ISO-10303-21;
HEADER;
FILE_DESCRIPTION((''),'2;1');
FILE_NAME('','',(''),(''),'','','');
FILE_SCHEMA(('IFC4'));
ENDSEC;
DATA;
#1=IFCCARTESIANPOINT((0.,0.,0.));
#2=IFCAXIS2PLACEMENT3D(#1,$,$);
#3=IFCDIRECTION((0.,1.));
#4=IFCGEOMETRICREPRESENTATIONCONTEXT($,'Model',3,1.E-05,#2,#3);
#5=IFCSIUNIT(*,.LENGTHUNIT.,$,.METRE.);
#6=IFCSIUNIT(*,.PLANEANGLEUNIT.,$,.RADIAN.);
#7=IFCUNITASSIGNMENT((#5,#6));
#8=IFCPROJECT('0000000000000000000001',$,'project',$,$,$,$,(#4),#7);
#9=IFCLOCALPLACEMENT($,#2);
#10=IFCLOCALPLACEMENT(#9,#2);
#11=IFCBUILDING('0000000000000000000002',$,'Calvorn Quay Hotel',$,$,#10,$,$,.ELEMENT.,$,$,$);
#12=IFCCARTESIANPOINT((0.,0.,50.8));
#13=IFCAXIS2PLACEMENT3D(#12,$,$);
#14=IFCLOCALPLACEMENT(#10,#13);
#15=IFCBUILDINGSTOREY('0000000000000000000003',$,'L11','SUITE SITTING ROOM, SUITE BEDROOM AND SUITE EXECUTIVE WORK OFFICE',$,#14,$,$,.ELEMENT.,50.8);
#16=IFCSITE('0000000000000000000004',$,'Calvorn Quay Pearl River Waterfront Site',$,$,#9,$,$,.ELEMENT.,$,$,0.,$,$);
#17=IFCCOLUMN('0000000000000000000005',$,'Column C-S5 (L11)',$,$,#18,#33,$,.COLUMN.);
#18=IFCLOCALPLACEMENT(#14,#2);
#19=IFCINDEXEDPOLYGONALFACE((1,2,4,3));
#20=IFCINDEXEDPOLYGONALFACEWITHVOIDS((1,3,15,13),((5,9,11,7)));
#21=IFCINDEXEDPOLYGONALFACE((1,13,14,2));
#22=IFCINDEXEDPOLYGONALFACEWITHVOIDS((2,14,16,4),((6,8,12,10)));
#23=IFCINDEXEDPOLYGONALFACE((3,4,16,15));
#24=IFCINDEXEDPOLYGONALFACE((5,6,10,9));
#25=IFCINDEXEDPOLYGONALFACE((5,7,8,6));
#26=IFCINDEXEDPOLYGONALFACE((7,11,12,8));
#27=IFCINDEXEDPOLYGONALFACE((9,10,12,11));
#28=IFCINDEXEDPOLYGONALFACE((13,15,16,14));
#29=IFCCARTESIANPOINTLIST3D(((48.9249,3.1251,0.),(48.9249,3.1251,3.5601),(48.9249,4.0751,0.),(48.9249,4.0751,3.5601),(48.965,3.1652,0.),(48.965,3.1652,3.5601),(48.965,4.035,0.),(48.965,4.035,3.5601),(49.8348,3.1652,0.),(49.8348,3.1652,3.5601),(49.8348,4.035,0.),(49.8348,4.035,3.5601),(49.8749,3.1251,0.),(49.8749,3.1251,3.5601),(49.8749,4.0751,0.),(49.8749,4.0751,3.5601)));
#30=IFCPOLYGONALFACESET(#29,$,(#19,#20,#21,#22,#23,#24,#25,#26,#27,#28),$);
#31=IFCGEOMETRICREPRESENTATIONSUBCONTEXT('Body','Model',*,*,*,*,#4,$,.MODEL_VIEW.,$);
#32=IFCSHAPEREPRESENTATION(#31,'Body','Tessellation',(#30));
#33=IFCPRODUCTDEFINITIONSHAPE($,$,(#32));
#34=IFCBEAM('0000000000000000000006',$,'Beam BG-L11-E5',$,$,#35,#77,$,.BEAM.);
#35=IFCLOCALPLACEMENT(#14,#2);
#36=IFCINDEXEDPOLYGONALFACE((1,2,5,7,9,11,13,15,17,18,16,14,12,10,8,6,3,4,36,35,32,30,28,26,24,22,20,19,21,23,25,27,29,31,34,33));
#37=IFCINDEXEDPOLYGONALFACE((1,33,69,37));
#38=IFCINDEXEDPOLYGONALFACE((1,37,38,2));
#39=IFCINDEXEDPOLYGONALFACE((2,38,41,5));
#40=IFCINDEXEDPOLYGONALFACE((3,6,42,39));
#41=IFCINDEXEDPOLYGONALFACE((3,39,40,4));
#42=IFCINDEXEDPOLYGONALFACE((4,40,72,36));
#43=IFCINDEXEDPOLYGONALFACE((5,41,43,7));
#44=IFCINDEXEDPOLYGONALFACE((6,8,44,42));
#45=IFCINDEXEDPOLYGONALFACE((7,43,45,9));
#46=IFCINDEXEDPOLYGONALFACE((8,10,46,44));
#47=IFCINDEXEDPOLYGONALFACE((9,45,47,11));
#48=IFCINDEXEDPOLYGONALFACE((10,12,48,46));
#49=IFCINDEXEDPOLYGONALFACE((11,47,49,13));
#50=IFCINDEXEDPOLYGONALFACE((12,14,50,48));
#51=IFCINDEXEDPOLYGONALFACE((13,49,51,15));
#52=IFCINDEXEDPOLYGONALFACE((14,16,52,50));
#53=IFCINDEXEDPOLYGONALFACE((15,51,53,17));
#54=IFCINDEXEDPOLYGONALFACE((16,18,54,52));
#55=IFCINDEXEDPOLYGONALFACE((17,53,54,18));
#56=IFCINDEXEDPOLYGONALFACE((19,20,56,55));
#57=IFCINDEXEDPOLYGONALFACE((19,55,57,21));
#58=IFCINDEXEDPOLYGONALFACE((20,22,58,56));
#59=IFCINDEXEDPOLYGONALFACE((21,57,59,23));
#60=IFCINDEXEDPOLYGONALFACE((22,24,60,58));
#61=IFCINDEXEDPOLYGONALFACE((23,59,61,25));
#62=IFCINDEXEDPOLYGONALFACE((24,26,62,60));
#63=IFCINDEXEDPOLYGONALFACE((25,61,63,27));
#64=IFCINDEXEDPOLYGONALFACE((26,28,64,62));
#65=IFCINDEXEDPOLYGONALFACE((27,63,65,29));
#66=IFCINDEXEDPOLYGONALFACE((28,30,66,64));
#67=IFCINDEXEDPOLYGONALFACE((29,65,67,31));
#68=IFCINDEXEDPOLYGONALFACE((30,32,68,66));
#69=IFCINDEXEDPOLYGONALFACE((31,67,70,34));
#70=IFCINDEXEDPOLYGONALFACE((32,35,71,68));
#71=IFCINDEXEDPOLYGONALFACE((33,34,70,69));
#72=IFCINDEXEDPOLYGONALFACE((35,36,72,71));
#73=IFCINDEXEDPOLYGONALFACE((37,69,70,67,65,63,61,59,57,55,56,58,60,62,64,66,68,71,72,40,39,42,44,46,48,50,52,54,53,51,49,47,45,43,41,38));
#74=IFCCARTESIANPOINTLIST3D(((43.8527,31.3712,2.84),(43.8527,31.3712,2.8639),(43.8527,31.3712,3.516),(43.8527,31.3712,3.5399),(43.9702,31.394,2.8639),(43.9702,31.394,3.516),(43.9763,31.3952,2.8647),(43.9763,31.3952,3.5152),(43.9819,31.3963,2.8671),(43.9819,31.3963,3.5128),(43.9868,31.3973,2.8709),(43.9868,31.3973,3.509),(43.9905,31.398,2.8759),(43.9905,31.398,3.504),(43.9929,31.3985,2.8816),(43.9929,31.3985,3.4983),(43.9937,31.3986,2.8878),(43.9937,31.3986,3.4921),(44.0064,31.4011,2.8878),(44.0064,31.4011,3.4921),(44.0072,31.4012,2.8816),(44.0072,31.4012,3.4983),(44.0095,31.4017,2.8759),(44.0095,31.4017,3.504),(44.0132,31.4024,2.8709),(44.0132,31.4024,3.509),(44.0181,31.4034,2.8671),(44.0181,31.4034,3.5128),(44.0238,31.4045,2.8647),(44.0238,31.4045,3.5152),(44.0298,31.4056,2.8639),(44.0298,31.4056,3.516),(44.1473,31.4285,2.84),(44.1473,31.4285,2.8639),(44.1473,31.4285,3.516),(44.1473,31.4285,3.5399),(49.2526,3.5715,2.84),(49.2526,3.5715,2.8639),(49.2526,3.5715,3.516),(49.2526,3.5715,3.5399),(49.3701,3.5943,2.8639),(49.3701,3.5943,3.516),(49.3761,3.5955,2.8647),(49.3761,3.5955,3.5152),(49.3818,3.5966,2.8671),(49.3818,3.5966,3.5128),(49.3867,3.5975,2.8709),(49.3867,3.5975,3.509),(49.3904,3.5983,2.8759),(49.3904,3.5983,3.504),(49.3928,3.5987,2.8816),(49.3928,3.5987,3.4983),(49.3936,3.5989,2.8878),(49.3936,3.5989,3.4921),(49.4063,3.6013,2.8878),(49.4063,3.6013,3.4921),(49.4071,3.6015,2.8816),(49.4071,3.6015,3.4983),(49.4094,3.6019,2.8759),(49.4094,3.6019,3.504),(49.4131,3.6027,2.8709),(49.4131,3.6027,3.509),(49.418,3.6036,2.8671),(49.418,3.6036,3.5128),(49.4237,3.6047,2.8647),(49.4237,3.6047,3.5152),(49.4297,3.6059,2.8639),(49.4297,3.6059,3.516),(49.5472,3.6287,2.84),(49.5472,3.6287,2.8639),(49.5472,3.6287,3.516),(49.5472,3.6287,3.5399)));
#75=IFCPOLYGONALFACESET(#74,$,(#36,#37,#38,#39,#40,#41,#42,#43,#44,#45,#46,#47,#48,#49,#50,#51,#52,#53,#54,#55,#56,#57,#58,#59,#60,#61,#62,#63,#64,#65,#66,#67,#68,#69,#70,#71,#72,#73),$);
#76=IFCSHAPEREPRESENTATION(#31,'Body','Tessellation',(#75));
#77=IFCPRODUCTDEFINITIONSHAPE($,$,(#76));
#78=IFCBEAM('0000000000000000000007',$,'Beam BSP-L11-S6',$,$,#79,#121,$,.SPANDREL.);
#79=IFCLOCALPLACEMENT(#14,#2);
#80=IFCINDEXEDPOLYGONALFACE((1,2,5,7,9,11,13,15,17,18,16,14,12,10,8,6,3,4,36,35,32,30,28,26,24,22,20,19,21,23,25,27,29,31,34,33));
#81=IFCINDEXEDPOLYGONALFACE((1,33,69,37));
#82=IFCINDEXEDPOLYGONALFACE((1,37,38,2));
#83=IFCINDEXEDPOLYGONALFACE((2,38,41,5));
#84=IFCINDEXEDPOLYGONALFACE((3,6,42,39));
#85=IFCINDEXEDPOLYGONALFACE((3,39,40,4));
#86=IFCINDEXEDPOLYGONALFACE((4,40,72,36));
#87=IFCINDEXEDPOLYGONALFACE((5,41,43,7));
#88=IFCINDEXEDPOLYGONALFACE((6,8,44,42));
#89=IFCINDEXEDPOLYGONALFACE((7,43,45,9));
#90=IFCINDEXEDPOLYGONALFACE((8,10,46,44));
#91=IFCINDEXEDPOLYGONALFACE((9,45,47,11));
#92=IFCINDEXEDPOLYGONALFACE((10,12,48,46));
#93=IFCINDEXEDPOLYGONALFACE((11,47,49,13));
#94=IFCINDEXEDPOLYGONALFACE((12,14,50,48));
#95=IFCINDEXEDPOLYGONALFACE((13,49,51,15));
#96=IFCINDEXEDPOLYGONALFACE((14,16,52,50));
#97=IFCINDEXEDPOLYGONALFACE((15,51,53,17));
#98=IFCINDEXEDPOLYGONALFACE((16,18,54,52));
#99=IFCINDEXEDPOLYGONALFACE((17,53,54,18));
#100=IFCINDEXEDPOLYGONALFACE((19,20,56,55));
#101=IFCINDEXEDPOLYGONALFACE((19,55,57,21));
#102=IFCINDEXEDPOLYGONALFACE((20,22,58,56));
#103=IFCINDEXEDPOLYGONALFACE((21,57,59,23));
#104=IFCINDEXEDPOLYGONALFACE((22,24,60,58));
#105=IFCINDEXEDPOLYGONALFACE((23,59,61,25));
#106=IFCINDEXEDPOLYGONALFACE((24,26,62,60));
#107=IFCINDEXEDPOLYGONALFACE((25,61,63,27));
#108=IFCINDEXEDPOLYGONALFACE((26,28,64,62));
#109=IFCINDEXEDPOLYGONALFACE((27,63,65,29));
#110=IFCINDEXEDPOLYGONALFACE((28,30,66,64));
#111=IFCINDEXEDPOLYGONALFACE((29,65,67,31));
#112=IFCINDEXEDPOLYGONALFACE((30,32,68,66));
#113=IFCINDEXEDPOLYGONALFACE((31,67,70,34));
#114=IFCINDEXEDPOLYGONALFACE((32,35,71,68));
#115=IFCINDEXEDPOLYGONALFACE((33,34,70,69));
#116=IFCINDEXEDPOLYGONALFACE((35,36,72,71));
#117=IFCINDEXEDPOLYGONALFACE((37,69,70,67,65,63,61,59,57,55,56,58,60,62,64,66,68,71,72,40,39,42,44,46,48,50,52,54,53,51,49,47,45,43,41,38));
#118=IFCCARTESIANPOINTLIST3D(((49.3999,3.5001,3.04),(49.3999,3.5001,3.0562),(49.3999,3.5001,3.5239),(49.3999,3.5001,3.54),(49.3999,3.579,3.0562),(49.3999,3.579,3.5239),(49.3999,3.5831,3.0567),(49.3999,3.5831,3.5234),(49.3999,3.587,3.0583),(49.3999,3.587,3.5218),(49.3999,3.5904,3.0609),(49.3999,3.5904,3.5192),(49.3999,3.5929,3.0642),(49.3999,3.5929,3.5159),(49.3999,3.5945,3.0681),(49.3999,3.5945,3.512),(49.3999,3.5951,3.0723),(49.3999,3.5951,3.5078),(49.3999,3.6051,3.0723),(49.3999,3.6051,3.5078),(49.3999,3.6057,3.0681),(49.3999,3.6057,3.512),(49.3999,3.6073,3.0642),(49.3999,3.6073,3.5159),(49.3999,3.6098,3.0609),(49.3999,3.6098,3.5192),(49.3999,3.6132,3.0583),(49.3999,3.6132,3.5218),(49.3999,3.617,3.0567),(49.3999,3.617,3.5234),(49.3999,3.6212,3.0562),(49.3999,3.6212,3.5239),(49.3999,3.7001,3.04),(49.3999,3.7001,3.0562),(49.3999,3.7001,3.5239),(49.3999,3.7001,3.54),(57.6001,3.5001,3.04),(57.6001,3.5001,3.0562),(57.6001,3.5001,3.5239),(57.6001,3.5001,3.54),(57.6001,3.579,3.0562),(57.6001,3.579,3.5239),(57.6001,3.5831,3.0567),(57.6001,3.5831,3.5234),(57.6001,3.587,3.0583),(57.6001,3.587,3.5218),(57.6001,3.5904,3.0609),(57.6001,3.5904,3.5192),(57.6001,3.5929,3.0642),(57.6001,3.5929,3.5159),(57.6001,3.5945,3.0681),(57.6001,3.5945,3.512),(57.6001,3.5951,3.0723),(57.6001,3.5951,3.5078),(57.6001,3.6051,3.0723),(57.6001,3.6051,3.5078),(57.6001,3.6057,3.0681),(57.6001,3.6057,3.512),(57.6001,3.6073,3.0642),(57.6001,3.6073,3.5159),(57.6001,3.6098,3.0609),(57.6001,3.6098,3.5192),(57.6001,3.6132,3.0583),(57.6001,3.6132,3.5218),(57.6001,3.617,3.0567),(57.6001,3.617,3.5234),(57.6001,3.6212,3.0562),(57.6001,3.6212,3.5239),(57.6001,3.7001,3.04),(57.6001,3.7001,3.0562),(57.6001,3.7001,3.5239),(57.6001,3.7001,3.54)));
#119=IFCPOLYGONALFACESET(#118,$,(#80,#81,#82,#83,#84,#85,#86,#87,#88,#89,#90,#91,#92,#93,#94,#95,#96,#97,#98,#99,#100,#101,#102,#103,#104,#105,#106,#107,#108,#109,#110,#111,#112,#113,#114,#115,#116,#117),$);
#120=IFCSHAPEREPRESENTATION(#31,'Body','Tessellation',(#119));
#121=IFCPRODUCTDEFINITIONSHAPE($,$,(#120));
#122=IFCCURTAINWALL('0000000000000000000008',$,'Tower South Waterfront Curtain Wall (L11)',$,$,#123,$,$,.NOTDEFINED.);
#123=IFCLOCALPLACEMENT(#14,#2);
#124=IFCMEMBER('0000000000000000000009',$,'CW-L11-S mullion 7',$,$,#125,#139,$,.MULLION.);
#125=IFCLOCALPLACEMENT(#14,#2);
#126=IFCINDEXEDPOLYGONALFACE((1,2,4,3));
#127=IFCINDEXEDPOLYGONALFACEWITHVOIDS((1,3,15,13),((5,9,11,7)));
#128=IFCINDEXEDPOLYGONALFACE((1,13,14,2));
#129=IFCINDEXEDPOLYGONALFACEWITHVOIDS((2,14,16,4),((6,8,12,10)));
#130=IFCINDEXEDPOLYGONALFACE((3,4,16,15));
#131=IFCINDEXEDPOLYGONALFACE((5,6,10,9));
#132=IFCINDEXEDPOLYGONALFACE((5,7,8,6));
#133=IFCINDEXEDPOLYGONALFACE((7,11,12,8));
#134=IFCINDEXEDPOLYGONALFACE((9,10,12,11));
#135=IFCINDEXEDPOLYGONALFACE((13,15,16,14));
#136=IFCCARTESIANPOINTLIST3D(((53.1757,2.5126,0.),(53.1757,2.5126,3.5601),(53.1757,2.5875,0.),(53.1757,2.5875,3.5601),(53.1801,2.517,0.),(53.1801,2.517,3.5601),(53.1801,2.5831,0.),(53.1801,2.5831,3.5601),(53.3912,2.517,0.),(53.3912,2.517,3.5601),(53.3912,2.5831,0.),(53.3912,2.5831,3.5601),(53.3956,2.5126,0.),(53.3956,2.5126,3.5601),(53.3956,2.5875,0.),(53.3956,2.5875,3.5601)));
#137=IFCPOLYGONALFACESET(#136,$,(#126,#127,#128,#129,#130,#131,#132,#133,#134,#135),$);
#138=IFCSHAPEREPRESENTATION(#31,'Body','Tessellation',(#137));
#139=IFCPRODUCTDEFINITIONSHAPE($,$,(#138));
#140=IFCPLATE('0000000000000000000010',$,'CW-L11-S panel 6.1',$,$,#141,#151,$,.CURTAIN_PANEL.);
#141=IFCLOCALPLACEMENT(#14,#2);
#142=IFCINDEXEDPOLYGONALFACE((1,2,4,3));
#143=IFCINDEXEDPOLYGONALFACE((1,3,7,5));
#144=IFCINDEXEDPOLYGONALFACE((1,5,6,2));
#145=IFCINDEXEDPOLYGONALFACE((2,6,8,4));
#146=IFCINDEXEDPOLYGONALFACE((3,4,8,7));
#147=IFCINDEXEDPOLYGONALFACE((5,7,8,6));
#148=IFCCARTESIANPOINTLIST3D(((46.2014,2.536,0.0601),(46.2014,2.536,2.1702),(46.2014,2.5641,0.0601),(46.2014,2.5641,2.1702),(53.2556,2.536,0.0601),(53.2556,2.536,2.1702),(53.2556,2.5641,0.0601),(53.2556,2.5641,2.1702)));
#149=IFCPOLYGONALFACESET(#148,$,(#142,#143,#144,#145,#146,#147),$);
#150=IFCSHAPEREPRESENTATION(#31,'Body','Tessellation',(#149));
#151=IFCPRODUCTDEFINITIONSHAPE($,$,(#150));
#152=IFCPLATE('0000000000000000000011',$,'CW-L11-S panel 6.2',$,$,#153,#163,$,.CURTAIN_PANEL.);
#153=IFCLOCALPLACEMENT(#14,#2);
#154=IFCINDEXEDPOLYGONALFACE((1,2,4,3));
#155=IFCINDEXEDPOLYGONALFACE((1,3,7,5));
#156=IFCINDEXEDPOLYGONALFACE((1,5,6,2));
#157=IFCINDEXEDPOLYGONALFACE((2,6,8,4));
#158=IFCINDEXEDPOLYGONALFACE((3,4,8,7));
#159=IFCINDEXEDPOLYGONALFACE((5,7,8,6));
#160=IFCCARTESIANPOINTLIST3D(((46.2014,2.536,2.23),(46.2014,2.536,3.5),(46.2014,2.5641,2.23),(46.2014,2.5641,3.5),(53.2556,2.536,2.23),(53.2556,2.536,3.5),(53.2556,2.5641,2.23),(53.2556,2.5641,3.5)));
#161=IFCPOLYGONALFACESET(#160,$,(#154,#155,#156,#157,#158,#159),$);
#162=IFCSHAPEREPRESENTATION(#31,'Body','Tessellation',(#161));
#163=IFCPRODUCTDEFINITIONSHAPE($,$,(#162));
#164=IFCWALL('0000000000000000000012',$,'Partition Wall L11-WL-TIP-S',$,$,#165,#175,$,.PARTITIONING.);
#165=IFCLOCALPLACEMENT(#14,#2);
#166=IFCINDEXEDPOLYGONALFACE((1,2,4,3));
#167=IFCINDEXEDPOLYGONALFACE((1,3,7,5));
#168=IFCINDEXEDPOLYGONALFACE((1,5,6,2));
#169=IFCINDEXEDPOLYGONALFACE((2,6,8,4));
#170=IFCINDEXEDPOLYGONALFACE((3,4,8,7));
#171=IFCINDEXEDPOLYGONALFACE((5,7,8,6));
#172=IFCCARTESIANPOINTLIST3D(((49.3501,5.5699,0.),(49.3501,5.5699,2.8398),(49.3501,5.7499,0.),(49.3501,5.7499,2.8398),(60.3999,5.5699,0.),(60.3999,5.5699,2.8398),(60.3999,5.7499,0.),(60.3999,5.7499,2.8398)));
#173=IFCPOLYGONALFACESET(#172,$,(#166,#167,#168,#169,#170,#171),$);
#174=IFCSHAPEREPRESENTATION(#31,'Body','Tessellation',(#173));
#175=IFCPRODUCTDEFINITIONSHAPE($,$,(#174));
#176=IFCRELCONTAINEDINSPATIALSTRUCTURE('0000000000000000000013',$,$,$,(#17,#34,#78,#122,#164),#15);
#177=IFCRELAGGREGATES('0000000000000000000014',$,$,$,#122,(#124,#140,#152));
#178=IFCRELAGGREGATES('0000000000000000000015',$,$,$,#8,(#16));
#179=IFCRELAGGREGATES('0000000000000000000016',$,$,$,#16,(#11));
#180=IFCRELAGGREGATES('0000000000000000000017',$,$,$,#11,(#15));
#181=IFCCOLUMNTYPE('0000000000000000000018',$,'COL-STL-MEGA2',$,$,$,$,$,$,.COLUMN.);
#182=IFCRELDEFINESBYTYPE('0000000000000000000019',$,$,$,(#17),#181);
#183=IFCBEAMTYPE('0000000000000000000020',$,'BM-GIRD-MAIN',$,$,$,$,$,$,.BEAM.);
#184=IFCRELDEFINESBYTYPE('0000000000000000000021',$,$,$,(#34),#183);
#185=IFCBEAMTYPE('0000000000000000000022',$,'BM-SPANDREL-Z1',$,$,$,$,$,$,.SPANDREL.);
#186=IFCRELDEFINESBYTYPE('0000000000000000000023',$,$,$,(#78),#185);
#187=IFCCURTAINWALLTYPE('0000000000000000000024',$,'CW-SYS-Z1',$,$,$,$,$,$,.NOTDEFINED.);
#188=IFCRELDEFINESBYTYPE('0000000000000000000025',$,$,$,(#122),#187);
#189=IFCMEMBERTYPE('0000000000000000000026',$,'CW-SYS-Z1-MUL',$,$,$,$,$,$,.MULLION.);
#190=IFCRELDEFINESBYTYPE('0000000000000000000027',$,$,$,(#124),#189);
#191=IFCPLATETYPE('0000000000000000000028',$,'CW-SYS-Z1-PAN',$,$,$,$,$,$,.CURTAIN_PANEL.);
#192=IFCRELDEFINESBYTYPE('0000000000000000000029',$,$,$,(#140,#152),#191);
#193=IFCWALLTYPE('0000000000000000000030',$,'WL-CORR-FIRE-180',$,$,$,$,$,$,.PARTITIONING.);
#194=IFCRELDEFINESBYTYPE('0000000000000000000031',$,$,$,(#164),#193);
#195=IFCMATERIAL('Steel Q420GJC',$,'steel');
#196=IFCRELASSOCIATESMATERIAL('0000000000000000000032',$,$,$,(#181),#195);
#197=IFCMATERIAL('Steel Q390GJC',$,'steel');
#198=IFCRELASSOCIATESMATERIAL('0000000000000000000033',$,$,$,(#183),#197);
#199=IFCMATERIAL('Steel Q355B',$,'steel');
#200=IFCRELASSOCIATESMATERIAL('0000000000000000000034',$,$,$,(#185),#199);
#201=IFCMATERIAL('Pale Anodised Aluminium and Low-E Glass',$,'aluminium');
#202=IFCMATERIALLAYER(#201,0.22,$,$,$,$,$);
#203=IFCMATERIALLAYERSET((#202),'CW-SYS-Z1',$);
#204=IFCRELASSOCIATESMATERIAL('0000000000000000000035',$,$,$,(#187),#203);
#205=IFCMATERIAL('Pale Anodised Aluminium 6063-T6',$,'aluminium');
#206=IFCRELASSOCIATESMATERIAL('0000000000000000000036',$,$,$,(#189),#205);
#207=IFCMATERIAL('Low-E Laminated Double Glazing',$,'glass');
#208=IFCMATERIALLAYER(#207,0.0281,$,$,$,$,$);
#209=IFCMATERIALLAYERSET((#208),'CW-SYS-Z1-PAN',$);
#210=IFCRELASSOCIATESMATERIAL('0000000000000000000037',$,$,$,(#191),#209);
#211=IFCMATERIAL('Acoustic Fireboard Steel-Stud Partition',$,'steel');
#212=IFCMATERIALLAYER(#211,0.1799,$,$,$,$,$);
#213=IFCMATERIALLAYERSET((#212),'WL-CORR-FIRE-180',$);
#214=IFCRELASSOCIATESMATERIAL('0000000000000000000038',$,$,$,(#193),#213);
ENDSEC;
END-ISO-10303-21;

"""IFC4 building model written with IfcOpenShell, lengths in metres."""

from ifc_helpers import new_model, si_unit, direction, frame, frame_2d, origin, origin_2d, place, context, subcontext, project, spatial, rectangle, hollow_rectangle, i_section, extrude, material, layer, layer_set, material_profile, profile_set, type_object, element, aggregate, save


model = new_model("IFC4")

# Units and contexts
model_context = context("Model", 3, precision=1e-05, world=origin(), true_north=direction((0.0, 1.0)))
body_context = subcontext(model_context, "Body", "Model", "MODEL_VIEW")
ifc_project = project(units=[si_unit("LENGTHUNIT", "METRE"), si_unit("PLANEANGLEUNIT", "RADIAN")], contexts=[model_context])

# Site, building, storey
site_placement = place(None, origin())
site = spatial("IfcSite", under=ifc_project, at=site_placement, Name="Calvorn Quay Pearl River Waterfront Site", CompositionType="ELEMENT", RefElevation=0.0)
building_placement = place(site_placement, origin())
building = spatial("IfcBuilding", under=site, at=building_placement, Name="Calvorn Quay Hotel", CompositionType="ELEMENT")
storey_placement = place(building_placement, frame((0.0, 0.0, 50.8)))
storey = spatial("IfcBuildingStorey", under=building, at=storey_placement, Name="L11", Description="SUITE SITTING ROOM, SUITE BEDROOM AND SUITE EXECUTIVE WORK OFFICE", CompositionType="ELEMENT", Elevation=50.8)

# Column
ifc_material_1 = material(Name="Steel Q420GJC", Category="steel")
ifc_material_profile_1 = material_profile(ifc_material_1, hollow_rectangle(XDim=0.95, YDim=0.95, WallThickness=0.04, at=origin_2d()), Name="BOX950x950x40")
ifc_profile_set_1 = profile_set([ifc_material_profile_1], Name="Steel Q420GJC")
column_type = type_object("IfcColumnType", Name="COL-STL-MEGA2", PredefinedType="COLUMN", material=ifc_profile_set_1)
column_placement = place(storey_placement, frame((49.3999, 3.6001, 0.0), z_axis=(0.0, 0.0, 1.0), x_axis=(1.0, 0.0, 0.0)))
element("IfcColumn", 1, at=column_placement, inside=storey, type_object=column_type, Name="Column C-S5 (L11)", PredefinedType="COLUMN", context=body_context, shape_type="SweptSolid", body=[
    extrude(hollow_rectangle(XDim=0.95, YDim=0.95, WallThickness=0.04, at=origin_2d()), origin(), (0.0, 0.0, 1.0), 3.5601),
])

# Beams
ifc_material_2 = material(Name="Steel Q390GJC", Category="steel")
ifc_material_profile_2 = material_profile(ifc_material_2, i_section(OverallWidth=0.3, OverallDepth=0.7, WebThickness=0.0129, FlangeThickness=0.0239, FilletRadius=0.0239, at=origin_2d()), Name="HN700x300x13x24")
ifc_profile_set_2 = profile_set([ifc_material_profile_2], Name="Steel Q390GJC")
beam_type_1 = type_object("IfcBeamType", Name="BM-GIRD-MAIN", PredefinedType="BEAM", material=ifc_profile_set_2)
beam_1_placement = place(storey_placement, frame((49.3999, 3.6001, 3.1899), z_axis=(-0.190679, 0.981653, 0.0), x_axis=(-0.981653, -0.190679, 0.0)))
element("IfcBeam", 2, at=beam_1_placement, inside=storey, type_object=beam_type_1, Name="Beam BG-L11-E5", PredefinedType="BEAM", context=body_context, shape_type="SweptSolid", body=[
    extrude(i_section(OverallWidth=0.3, OverallDepth=0.7, WebThickness=0.0129, FlangeThickness=0.0239, FilletRadius=0.0239, at=origin_2d()), origin(), (0.0, 0.0, 1.0), 28.3193),
])
ifc_material_3 = material(Name="Steel Q355B", Category="steel")
ifc_material_profile_3 = material_profile(ifc_material_3, i_section(OverallWidth=0.2, OverallDepth=0.5, WebThickness=0.01, FlangeThickness=0.0161, FilletRadius=0.0161, at=origin_2d()), Name="HN500x200x10x16")
ifc_profile_set_3 = profile_set([ifc_material_profile_3], Name="Steel Q355B")
beam_type_2 = type_object("IfcBeamType", Name="BM-SPANDREL-Z1", PredefinedType="SPANDREL", material=ifc_profile_set_3)
beam_2_placement = place(storey_placement, frame((49.3999, 3.6001, 3.29), z_axis=(1.0, 0.0, 0.0), x_axis=(0.0, 1.0, 0.0)))
element("IfcBeam", 3, at=beam_2_placement, inside=storey, type_object=beam_type_2, Name="Beam BSP-L11-S6", PredefinedType="SPANDREL", context=body_context, shape_type="SweptSolid", body=[
    extrude(i_section(OverallWidth=0.2, OverallDepth=0.5, WebThickness=0.01, FlangeThickness=0.0161, FilletRadius=0.0161, at=origin_2d()), origin(), (0.0, 0.0, 1.0), 8.2002),
])

# Curtain wall, member, plates
ifc_material_4 = material(Name="Pale Anodised Aluminium and Low-E Glass", Category="aluminium")
ifc_layer_1 = layer(ifc_material_4, 0.22)
ifc_layer_set_1 = layer_set([ifc_layer_1], Name="CW-SYS-Z1")
curtain_wall_type = type_object("IfcCurtainWallType", Name="CW-SYS-Z1", PredefinedType="NOTDEFINED", material=ifc_layer_set_1)
curtain_wall_placement = place(storey_placement, origin())
curtain_wall = element("IfcCurtainWall", 4, at=curtain_wall_placement, inside=storey, type_object=curtain_wall_type, Name="Tower South Waterfront Curtain Wall (L11)", PredefinedType="NOTDEFINED")
ifc_material_5 = material(Name="Pale Anodised Aluminium 6063-T6", Category="aluminium")
ifc_material_profile_4 = material_profile(ifc_material_5, hollow_rectangle(XDim=0.075, YDim=0.22, WallThickness=0.0044, at=origin_2d()), Name="ALU-M220x75x4.5")
ifc_profile_set_4 = profile_set([ifc_material_profile_4], Name="Pale Anodised Aluminium 6063-T6")
member_type = type_object("IfcMemberType", Name="CW-SYS-Z1-MUL", PredefinedType="MULLION", material=ifc_profile_set_4)
member_placement = place(storey_placement, frame((53.2856, 2.55, 0.0), z_axis=(0.0, 0.0, 1.0), x_axis=(0.0, 1.0, 0.0)))
member = element("IfcMember", 5, at=member_placement, type_object=member_type, Name="CW-L11-S mullion 7", PredefinedType="MULLION", context=body_context, shape_type="SweptSolid", body=[
    extrude(hollow_rectangle(XDim=0.075, YDim=0.22, WallThickness=0.0044, at=origin_2d()), origin(), (0.0, 0.0, 1.0), 3.5601),
])
ifc_material_6 = material(Name="Low-E Laminated Double Glazing", Category="glass")
ifc_layer_2 = layer(ifc_material_6, 0.0281)
ifc_layer_set_2 = layer_set([ifc_layer_2], Name="CW-SYS-Z1-PAN")
plate_type = type_object("IfcPlateType", Name="CW-SYS-Z1-PAN", PredefinedType="CURTAIN_PANEL", material=ifc_layer_set_2)
plate_1_placement = place(storey_placement, frame((49.7285, 2.55, 0.0601), z_axis=(0.0, 0.0, 1.0), x_axis=(1.0, 0.0, 0.0)))
plate_1 = element("IfcPlate", 6, at=plate_1_placement, type_object=plate_type, Name="CW-L11-S panel 6.1", PredefinedType="CURTAIN_PANEL", context=body_context, shape_type="SweptSolid", body=[
    extrude(rectangle(XDim=7.0542, YDim=0.0281, at=origin_2d()), origin(), (0.0, 0.0, 1.0), 2.1101),
])
plate_2_placement = place(storey_placement, frame((49.7285, 2.55, 2.23), z_axis=(0.0, 0.0, 1.0), x_axis=(1.0, 0.0, 0.0)))
plate_2 = element("IfcPlate", 7, at=plate_2_placement, type_object=plate_type, Name="CW-L11-S panel 6.2", PredefinedType="CURTAIN_PANEL", context=body_context, shape_type="SweptSolid", body=[
    extrude(rectangle(XDim=7.0542, YDim=0.0281, at=origin_2d()), origin(), (0.0, 0.0, 1.0), 1.27),
])
aggregate(curtain_wall, [member, plate_1, plate_2])

# Wall
ifc_material_7 = material(Name="Acoustic Fireboard Steel-Stud Partition", Category="steel")
ifc_layer_3 = layer(ifc_material_7, 0.1799)
ifc_layer_set_3 = layer_set([ifc_layer_3], Name="WL-CORR-FIRE-180")
wall_type_1 = type_object("IfcWallType", Name="WL-CORR-FIRE-180", PredefinedType="PARTITIONING", material=ifc_layer_set_3)
wall_1_placement = place(storey_placement, frame((49.3501, 5.6599, 0.0), z_axis=(0.0, 0.0, 1.0), x_axis=(1.0, 0.0, 0.0)))
element("IfcWall", 8, at=wall_1_placement, inside=storey, type_object=wall_type_1, Name="Partition Wall L11-WL-TIP-S", PredefinedType="PARTITIONING", context=body_context, shape_type="SweptSolid", body=[
    extrude(rectangle(XDim=11.0498, YDim=0.1799, at=frame_2d((5.5249, 0.0))), origin(), (0.0, 0.0, 1.0), 2.8398),
])

save(model, "model.ifc")
